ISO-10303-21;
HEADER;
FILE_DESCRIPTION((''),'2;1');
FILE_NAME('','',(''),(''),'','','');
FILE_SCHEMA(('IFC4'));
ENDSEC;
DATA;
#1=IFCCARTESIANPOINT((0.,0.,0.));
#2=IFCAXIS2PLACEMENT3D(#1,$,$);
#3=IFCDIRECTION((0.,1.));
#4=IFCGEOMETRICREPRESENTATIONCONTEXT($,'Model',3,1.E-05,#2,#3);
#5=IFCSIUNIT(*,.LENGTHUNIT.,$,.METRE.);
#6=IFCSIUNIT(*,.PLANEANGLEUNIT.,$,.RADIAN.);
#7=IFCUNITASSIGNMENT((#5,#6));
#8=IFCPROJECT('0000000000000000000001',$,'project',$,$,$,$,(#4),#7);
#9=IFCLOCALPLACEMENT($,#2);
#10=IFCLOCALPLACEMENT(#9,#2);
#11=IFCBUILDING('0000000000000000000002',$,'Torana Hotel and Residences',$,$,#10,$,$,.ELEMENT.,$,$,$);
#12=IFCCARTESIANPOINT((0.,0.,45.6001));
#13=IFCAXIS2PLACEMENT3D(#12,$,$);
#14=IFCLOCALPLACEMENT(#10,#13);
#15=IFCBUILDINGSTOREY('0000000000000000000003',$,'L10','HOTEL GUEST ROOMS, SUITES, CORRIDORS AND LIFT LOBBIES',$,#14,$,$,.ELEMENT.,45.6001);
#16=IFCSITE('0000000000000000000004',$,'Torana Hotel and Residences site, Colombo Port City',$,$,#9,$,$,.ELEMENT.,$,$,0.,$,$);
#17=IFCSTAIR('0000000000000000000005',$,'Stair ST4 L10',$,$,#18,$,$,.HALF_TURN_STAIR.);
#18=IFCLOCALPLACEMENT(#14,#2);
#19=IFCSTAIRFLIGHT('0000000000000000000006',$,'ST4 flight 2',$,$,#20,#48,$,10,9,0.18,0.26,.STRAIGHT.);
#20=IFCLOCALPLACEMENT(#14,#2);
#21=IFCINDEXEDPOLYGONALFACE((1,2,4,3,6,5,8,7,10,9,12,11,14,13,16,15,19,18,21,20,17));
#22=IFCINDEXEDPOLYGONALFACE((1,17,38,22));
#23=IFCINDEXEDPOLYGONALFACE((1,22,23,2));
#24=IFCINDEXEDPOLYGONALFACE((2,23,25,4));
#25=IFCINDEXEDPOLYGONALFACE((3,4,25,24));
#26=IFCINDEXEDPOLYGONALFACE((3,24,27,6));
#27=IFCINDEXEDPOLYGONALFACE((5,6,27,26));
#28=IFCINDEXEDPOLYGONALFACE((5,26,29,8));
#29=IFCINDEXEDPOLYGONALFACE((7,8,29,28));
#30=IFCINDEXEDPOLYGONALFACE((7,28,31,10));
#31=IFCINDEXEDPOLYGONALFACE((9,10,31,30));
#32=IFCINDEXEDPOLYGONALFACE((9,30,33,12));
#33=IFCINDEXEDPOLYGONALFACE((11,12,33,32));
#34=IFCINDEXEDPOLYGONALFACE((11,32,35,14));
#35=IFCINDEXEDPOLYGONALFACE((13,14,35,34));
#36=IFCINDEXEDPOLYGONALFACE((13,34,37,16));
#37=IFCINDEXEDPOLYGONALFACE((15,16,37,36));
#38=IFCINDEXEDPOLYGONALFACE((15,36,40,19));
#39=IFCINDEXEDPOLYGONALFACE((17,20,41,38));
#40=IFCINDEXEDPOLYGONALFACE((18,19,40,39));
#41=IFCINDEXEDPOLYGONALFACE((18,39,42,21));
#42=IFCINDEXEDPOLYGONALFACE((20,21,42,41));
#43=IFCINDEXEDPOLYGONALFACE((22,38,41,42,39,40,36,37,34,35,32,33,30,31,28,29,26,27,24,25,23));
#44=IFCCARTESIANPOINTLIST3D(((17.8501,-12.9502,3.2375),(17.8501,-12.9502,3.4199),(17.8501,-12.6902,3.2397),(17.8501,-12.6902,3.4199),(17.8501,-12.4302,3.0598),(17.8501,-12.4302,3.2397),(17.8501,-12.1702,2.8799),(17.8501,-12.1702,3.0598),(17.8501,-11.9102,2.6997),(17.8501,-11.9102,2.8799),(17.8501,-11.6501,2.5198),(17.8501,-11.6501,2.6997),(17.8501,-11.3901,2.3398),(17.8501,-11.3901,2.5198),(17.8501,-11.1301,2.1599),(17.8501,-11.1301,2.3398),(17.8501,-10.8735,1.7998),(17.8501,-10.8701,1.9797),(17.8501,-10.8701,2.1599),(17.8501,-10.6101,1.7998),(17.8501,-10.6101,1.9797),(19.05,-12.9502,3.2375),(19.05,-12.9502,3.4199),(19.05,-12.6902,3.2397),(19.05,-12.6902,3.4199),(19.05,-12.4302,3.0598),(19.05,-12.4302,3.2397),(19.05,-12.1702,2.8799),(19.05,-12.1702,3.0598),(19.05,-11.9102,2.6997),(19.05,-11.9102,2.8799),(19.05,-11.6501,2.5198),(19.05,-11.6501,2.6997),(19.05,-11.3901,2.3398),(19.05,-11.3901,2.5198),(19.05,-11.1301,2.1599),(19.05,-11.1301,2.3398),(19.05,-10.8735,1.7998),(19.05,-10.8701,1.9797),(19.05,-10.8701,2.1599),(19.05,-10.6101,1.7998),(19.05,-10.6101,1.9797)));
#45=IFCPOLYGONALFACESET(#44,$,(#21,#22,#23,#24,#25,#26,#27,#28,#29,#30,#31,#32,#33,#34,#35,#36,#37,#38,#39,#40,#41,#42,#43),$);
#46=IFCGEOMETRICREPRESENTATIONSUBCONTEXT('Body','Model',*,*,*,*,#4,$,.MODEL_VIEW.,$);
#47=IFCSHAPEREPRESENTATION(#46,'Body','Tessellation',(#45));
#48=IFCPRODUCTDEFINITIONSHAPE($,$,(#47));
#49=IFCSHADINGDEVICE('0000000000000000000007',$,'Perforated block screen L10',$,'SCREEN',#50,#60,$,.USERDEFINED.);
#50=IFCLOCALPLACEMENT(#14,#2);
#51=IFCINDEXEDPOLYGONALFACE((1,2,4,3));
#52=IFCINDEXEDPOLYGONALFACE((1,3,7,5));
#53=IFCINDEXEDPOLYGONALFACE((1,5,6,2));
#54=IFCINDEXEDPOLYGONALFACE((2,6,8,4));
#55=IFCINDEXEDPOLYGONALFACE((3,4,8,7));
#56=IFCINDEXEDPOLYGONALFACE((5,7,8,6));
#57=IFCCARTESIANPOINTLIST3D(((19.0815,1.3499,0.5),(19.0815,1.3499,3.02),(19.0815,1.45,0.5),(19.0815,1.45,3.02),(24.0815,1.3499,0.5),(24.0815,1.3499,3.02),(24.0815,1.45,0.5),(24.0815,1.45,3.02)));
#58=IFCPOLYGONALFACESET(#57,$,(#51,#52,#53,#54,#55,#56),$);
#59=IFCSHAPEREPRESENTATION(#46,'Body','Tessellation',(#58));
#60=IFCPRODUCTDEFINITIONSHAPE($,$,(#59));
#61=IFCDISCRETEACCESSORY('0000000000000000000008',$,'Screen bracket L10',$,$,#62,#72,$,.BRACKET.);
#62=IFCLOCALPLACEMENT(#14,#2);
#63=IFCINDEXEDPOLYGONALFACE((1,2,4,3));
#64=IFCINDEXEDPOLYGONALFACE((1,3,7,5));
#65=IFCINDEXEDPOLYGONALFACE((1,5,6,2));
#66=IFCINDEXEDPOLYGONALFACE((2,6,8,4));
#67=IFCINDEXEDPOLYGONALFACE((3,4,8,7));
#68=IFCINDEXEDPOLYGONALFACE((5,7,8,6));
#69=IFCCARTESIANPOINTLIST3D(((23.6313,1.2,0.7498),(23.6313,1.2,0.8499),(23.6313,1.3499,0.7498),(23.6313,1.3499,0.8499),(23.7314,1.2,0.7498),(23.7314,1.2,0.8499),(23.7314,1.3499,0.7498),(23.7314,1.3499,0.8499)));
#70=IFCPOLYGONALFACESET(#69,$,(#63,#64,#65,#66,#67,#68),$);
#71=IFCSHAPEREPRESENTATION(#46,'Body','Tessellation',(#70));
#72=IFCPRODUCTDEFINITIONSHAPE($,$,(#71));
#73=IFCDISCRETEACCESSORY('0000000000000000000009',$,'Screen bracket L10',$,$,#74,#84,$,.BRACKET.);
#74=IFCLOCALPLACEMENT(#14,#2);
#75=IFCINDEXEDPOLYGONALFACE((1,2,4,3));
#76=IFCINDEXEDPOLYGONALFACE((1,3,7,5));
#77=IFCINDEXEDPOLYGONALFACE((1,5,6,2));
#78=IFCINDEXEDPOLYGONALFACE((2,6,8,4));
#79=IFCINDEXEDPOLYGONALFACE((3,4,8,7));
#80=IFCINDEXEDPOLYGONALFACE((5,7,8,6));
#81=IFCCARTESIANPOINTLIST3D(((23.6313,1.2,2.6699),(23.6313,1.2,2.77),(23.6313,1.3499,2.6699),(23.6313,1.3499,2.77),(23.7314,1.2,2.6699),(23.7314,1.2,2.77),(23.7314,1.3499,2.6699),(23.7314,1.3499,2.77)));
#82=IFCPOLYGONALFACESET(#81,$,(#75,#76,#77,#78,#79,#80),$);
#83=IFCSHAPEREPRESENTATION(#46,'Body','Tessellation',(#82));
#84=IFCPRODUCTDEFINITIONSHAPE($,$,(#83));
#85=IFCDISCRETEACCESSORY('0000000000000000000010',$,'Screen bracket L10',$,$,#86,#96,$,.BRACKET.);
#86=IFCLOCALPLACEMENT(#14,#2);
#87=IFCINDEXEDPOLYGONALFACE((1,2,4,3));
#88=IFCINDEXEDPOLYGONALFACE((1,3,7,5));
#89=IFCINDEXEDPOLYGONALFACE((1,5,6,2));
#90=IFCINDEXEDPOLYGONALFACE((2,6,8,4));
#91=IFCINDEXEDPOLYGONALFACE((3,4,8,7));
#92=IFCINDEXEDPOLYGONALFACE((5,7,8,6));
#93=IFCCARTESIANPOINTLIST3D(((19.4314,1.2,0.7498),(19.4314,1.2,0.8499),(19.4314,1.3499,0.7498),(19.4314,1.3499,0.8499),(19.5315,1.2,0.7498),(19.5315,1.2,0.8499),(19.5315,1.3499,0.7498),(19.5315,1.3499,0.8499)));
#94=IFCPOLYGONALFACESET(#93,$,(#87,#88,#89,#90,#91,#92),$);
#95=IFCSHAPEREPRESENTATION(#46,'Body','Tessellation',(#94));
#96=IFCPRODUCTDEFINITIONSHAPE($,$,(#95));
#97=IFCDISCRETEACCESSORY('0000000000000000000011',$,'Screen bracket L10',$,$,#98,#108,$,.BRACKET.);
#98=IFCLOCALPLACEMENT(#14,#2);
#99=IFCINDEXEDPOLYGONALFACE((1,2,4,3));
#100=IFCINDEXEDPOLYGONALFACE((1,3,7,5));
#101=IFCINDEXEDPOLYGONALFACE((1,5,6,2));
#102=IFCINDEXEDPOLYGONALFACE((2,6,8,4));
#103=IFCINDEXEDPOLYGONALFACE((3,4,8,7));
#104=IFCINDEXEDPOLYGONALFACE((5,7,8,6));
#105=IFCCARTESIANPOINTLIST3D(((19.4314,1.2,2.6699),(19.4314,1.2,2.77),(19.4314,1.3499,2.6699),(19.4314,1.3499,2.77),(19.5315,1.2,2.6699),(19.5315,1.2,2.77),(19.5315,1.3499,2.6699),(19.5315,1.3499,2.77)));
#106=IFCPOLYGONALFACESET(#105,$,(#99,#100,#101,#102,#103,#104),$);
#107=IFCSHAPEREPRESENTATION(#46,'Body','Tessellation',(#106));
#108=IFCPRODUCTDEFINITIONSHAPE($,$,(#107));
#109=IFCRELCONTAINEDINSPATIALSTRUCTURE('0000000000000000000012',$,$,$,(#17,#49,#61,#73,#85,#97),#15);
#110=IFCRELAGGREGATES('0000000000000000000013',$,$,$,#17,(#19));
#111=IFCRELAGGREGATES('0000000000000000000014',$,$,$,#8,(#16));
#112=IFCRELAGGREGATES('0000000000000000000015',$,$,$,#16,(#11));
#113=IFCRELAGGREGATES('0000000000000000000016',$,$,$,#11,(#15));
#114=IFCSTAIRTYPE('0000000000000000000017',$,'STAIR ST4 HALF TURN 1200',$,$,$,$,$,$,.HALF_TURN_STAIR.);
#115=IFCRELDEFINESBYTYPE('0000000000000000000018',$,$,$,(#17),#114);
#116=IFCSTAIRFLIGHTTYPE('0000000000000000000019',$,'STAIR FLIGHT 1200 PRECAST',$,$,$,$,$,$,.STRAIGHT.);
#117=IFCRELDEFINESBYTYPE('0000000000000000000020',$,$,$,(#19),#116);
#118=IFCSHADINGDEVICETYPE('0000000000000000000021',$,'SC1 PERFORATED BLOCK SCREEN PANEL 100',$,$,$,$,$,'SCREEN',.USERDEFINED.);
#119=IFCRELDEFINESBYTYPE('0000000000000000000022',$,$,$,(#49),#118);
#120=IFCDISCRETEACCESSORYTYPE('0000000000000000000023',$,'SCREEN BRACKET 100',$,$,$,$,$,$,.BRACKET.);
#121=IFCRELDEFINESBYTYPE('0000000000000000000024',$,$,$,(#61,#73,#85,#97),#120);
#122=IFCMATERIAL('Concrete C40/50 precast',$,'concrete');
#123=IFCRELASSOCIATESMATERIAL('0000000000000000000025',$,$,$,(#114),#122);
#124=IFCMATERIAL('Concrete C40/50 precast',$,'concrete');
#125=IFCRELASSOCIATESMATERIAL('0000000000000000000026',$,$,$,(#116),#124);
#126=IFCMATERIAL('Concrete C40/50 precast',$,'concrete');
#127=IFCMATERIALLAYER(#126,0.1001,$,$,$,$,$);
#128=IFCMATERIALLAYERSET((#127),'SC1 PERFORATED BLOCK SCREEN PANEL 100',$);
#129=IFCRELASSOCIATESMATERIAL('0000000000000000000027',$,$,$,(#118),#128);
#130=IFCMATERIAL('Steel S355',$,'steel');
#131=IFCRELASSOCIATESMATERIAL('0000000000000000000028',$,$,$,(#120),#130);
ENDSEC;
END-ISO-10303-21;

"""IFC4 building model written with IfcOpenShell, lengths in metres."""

from ifc_helpers import new_model, si_unit, direction, frame, origin, origin_2d, place, context, subcontext, project, spatial, polyline, rectangle, outline, extrude, material, layer, layer_set, type_object, element, aggregate, save


model = new_model("IFC4")

# Units and contexts
model_context = context("Model", 3, precision=1e-05, world=origin(), true_north=direction((0.0, 1.0)))
body_context = subcontext(model_context, "Body", "Model", "MODEL_VIEW")
ifc_project = project(units=[si_unit("LENGTHUNIT", "METRE"), si_unit("PLANEANGLEUNIT", "RADIAN")], contexts=[model_context])

# Site, building, storey
site_placement = place(None, origin())
site = spatial("IfcSite", under=ifc_project, at=site_placement, Name="Torana Hotel and Residences site, Colombo Port City", CompositionType="ELEMENT", RefElevation=0.0)
building_placement = place(site_placement, origin())
building = spatial("IfcBuilding", under=site, at=building_placement, Name="Torana Hotel and Residences", CompositionType="ELEMENT")
storey_placement = place(building_placement, frame((0.0, 0.0, 45.6001)))
storey = spatial("IfcBuildingStorey", under=building, at=storey_placement, Name="L10", Description="HOTEL GUEST ROOMS, SUITES, CORRIDORS AND LIFT LOBBIES", CompositionType="ELEMENT", Elevation=45.6001)

# Stair, stair flight
ifc_material_1 = material(Name="Concrete C40/50 precast", Category="concrete")
stair_type = type_object("IfcStairType", Name="STAIR ST4 HALF TURN 1200", PredefinedType="HALF_TURN_STAIR", material=ifc_material_1)
stair_placement = place(storey_placement, origin())
stair = element("IfcStair", 1, at=stair_placement, inside=storey, type_object=stair_type, Name="Stair ST4 L10", PredefinedType="HALF_TURN_STAIR")
ifc_material_2 = material(Name="Concrete C40/50 precast", Category="concrete")
stair_flight_type = type_object("IfcStairFlightType", Name="STAIR FLIGHT 1200 PRECAST", PredefinedType="STRAIGHT", material=ifc_material_2)
stair_flight_placement = place(storey_placement, frame((18.45, -10.6101, 1.7998), z_axis=(0.0, 0.0, 1.0), x_axis=(0.0, -1.0, 0.0)))
stair_flight = element("IfcStairFlight", 2, at=stair_flight_placement, type_object=stair_flight_type, Name="ST4 flight 2", NumberOfRisers=10, NumberOfTreads=9, PredefinedType="STRAIGHT", RiserHeight=0.18, TreadLength=0.26, context=body_context, shape_type="SweptSolid", body=[
    extrude(outline(polyline([(0.0, 0.0), (0.0, 0.1799), (0.26, 0.1799), (0.26, 0.3601), (0.52, 0.3601), (0.52, 0.54), (0.78, 0.54), (0.78, 0.72), (1.04, 0.72), (1.04, 0.8999), (1.3, 0.8999), (1.3, 1.0801), (1.5601, 1.0801), (1.5601, 1.26), (1.8201, 1.26), (1.8201, 1.4399), (2.0801, 1.4399), (2.0801, 1.6201), (2.3401, 1.6201), (2.3401, 1.8), (2.3401, 1.4377), (0.2634, 0.0), (0.0, 0.0)])), frame((0.0, 0.6001, 0.0), z_axis=(0.0, -1.0, 0.0), x_axis=(1.0, 0.0, 0.0)), (0.0, 0.0, 1.0), 1.2),
])
aggregate(stair, [stair_flight])

# Shading device
ifc_material_3 = material(Name="Concrete C40/50 precast", Category="concrete")
ifc_layer_1 = layer(ifc_material_3, 0.1001)
ifc_layer_set_1 = layer_set([ifc_layer_1], Name="SC1 PERFORATED BLOCK SCREEN PANEL 100")
shading_device_type = type_object("IfcShadingDeviceType", Name="SC1 PERFORATED BLOCK SCREEN PANEL 100", ElementType="SCREEN", PredefinedType="USERDEFINED", material=ifc_layer_set_1)
shading_device_placement = place(storey_placement, frame((21.5815, 1.3999, 0.5), z_axis=(0.0, 0.0, 1.0), x_axis=(-1.0, 0.0, 0.0)))
element("IfcShadingDevice", 3, at=shading_device_placement, inside=storey, type_object=shading_device_type, Name="Perforated block screen L10", ObjectType="SCREEN", PredefinedType="USERDEFINED", context=body_context, shape_type="SweptSolid", body=[
    extrude(rectangle(XDim=5.0, YDim=0.1001, at=origin_2d()), origin(), (0.0, 0.0, 1.0), 2.52),
])

# Discrete accessories
ifc_material_4 = material(Name="Steel S355", Category="steel")
discrete_accessory_type = type_object("IfcDiscreteAccessoryType", Name="SCREEN BRACKET 100", PredefinedType="BRACKET", material=ifc_material_4)
for number, where, z_axis, x_axis, name in (
    (4, (23.6814, 1.2749, 0.7498), (0.0, 0.0, 1.0), (-1.0, 0.0, 0.0), "Screen bracket L10"),
    (5, (23.6814, 1.2749, 2.6699), (0.0, 0.0, 1.0), (-1.0, 0.0, 0.0), "Screen bracket L10"),
    (6, (19.4814, 1.2749, 0.7498), (0.0, 0.0, 1.0), (-1.0, 0.0, 0.0), "Screen bracket L10"),
    (7, (19.4814, 1.2749, 2.6699), (0.0, 0.0, 1.0), (-1.0, 0.0, 0.0), "Screen bracket L10"),
):
    element("IfcDiscreteAccessory", number, at=place(storey_placement, frame(where, z_axis=z_axis, x_axis=x_axis)), inside=storey, type_object=discrete_accessory_type, Name=name, PredefinedType="BRACKET", context=body_context, shape_type="SweptSolid", body=[
        extrude(rectangle(XDim=0.1001, YDim=0.1499, at=origin_2d()), origin(), (0.0, 0.0, 1.0), 0.1001),
    ])

save(model, "model.ifc")
